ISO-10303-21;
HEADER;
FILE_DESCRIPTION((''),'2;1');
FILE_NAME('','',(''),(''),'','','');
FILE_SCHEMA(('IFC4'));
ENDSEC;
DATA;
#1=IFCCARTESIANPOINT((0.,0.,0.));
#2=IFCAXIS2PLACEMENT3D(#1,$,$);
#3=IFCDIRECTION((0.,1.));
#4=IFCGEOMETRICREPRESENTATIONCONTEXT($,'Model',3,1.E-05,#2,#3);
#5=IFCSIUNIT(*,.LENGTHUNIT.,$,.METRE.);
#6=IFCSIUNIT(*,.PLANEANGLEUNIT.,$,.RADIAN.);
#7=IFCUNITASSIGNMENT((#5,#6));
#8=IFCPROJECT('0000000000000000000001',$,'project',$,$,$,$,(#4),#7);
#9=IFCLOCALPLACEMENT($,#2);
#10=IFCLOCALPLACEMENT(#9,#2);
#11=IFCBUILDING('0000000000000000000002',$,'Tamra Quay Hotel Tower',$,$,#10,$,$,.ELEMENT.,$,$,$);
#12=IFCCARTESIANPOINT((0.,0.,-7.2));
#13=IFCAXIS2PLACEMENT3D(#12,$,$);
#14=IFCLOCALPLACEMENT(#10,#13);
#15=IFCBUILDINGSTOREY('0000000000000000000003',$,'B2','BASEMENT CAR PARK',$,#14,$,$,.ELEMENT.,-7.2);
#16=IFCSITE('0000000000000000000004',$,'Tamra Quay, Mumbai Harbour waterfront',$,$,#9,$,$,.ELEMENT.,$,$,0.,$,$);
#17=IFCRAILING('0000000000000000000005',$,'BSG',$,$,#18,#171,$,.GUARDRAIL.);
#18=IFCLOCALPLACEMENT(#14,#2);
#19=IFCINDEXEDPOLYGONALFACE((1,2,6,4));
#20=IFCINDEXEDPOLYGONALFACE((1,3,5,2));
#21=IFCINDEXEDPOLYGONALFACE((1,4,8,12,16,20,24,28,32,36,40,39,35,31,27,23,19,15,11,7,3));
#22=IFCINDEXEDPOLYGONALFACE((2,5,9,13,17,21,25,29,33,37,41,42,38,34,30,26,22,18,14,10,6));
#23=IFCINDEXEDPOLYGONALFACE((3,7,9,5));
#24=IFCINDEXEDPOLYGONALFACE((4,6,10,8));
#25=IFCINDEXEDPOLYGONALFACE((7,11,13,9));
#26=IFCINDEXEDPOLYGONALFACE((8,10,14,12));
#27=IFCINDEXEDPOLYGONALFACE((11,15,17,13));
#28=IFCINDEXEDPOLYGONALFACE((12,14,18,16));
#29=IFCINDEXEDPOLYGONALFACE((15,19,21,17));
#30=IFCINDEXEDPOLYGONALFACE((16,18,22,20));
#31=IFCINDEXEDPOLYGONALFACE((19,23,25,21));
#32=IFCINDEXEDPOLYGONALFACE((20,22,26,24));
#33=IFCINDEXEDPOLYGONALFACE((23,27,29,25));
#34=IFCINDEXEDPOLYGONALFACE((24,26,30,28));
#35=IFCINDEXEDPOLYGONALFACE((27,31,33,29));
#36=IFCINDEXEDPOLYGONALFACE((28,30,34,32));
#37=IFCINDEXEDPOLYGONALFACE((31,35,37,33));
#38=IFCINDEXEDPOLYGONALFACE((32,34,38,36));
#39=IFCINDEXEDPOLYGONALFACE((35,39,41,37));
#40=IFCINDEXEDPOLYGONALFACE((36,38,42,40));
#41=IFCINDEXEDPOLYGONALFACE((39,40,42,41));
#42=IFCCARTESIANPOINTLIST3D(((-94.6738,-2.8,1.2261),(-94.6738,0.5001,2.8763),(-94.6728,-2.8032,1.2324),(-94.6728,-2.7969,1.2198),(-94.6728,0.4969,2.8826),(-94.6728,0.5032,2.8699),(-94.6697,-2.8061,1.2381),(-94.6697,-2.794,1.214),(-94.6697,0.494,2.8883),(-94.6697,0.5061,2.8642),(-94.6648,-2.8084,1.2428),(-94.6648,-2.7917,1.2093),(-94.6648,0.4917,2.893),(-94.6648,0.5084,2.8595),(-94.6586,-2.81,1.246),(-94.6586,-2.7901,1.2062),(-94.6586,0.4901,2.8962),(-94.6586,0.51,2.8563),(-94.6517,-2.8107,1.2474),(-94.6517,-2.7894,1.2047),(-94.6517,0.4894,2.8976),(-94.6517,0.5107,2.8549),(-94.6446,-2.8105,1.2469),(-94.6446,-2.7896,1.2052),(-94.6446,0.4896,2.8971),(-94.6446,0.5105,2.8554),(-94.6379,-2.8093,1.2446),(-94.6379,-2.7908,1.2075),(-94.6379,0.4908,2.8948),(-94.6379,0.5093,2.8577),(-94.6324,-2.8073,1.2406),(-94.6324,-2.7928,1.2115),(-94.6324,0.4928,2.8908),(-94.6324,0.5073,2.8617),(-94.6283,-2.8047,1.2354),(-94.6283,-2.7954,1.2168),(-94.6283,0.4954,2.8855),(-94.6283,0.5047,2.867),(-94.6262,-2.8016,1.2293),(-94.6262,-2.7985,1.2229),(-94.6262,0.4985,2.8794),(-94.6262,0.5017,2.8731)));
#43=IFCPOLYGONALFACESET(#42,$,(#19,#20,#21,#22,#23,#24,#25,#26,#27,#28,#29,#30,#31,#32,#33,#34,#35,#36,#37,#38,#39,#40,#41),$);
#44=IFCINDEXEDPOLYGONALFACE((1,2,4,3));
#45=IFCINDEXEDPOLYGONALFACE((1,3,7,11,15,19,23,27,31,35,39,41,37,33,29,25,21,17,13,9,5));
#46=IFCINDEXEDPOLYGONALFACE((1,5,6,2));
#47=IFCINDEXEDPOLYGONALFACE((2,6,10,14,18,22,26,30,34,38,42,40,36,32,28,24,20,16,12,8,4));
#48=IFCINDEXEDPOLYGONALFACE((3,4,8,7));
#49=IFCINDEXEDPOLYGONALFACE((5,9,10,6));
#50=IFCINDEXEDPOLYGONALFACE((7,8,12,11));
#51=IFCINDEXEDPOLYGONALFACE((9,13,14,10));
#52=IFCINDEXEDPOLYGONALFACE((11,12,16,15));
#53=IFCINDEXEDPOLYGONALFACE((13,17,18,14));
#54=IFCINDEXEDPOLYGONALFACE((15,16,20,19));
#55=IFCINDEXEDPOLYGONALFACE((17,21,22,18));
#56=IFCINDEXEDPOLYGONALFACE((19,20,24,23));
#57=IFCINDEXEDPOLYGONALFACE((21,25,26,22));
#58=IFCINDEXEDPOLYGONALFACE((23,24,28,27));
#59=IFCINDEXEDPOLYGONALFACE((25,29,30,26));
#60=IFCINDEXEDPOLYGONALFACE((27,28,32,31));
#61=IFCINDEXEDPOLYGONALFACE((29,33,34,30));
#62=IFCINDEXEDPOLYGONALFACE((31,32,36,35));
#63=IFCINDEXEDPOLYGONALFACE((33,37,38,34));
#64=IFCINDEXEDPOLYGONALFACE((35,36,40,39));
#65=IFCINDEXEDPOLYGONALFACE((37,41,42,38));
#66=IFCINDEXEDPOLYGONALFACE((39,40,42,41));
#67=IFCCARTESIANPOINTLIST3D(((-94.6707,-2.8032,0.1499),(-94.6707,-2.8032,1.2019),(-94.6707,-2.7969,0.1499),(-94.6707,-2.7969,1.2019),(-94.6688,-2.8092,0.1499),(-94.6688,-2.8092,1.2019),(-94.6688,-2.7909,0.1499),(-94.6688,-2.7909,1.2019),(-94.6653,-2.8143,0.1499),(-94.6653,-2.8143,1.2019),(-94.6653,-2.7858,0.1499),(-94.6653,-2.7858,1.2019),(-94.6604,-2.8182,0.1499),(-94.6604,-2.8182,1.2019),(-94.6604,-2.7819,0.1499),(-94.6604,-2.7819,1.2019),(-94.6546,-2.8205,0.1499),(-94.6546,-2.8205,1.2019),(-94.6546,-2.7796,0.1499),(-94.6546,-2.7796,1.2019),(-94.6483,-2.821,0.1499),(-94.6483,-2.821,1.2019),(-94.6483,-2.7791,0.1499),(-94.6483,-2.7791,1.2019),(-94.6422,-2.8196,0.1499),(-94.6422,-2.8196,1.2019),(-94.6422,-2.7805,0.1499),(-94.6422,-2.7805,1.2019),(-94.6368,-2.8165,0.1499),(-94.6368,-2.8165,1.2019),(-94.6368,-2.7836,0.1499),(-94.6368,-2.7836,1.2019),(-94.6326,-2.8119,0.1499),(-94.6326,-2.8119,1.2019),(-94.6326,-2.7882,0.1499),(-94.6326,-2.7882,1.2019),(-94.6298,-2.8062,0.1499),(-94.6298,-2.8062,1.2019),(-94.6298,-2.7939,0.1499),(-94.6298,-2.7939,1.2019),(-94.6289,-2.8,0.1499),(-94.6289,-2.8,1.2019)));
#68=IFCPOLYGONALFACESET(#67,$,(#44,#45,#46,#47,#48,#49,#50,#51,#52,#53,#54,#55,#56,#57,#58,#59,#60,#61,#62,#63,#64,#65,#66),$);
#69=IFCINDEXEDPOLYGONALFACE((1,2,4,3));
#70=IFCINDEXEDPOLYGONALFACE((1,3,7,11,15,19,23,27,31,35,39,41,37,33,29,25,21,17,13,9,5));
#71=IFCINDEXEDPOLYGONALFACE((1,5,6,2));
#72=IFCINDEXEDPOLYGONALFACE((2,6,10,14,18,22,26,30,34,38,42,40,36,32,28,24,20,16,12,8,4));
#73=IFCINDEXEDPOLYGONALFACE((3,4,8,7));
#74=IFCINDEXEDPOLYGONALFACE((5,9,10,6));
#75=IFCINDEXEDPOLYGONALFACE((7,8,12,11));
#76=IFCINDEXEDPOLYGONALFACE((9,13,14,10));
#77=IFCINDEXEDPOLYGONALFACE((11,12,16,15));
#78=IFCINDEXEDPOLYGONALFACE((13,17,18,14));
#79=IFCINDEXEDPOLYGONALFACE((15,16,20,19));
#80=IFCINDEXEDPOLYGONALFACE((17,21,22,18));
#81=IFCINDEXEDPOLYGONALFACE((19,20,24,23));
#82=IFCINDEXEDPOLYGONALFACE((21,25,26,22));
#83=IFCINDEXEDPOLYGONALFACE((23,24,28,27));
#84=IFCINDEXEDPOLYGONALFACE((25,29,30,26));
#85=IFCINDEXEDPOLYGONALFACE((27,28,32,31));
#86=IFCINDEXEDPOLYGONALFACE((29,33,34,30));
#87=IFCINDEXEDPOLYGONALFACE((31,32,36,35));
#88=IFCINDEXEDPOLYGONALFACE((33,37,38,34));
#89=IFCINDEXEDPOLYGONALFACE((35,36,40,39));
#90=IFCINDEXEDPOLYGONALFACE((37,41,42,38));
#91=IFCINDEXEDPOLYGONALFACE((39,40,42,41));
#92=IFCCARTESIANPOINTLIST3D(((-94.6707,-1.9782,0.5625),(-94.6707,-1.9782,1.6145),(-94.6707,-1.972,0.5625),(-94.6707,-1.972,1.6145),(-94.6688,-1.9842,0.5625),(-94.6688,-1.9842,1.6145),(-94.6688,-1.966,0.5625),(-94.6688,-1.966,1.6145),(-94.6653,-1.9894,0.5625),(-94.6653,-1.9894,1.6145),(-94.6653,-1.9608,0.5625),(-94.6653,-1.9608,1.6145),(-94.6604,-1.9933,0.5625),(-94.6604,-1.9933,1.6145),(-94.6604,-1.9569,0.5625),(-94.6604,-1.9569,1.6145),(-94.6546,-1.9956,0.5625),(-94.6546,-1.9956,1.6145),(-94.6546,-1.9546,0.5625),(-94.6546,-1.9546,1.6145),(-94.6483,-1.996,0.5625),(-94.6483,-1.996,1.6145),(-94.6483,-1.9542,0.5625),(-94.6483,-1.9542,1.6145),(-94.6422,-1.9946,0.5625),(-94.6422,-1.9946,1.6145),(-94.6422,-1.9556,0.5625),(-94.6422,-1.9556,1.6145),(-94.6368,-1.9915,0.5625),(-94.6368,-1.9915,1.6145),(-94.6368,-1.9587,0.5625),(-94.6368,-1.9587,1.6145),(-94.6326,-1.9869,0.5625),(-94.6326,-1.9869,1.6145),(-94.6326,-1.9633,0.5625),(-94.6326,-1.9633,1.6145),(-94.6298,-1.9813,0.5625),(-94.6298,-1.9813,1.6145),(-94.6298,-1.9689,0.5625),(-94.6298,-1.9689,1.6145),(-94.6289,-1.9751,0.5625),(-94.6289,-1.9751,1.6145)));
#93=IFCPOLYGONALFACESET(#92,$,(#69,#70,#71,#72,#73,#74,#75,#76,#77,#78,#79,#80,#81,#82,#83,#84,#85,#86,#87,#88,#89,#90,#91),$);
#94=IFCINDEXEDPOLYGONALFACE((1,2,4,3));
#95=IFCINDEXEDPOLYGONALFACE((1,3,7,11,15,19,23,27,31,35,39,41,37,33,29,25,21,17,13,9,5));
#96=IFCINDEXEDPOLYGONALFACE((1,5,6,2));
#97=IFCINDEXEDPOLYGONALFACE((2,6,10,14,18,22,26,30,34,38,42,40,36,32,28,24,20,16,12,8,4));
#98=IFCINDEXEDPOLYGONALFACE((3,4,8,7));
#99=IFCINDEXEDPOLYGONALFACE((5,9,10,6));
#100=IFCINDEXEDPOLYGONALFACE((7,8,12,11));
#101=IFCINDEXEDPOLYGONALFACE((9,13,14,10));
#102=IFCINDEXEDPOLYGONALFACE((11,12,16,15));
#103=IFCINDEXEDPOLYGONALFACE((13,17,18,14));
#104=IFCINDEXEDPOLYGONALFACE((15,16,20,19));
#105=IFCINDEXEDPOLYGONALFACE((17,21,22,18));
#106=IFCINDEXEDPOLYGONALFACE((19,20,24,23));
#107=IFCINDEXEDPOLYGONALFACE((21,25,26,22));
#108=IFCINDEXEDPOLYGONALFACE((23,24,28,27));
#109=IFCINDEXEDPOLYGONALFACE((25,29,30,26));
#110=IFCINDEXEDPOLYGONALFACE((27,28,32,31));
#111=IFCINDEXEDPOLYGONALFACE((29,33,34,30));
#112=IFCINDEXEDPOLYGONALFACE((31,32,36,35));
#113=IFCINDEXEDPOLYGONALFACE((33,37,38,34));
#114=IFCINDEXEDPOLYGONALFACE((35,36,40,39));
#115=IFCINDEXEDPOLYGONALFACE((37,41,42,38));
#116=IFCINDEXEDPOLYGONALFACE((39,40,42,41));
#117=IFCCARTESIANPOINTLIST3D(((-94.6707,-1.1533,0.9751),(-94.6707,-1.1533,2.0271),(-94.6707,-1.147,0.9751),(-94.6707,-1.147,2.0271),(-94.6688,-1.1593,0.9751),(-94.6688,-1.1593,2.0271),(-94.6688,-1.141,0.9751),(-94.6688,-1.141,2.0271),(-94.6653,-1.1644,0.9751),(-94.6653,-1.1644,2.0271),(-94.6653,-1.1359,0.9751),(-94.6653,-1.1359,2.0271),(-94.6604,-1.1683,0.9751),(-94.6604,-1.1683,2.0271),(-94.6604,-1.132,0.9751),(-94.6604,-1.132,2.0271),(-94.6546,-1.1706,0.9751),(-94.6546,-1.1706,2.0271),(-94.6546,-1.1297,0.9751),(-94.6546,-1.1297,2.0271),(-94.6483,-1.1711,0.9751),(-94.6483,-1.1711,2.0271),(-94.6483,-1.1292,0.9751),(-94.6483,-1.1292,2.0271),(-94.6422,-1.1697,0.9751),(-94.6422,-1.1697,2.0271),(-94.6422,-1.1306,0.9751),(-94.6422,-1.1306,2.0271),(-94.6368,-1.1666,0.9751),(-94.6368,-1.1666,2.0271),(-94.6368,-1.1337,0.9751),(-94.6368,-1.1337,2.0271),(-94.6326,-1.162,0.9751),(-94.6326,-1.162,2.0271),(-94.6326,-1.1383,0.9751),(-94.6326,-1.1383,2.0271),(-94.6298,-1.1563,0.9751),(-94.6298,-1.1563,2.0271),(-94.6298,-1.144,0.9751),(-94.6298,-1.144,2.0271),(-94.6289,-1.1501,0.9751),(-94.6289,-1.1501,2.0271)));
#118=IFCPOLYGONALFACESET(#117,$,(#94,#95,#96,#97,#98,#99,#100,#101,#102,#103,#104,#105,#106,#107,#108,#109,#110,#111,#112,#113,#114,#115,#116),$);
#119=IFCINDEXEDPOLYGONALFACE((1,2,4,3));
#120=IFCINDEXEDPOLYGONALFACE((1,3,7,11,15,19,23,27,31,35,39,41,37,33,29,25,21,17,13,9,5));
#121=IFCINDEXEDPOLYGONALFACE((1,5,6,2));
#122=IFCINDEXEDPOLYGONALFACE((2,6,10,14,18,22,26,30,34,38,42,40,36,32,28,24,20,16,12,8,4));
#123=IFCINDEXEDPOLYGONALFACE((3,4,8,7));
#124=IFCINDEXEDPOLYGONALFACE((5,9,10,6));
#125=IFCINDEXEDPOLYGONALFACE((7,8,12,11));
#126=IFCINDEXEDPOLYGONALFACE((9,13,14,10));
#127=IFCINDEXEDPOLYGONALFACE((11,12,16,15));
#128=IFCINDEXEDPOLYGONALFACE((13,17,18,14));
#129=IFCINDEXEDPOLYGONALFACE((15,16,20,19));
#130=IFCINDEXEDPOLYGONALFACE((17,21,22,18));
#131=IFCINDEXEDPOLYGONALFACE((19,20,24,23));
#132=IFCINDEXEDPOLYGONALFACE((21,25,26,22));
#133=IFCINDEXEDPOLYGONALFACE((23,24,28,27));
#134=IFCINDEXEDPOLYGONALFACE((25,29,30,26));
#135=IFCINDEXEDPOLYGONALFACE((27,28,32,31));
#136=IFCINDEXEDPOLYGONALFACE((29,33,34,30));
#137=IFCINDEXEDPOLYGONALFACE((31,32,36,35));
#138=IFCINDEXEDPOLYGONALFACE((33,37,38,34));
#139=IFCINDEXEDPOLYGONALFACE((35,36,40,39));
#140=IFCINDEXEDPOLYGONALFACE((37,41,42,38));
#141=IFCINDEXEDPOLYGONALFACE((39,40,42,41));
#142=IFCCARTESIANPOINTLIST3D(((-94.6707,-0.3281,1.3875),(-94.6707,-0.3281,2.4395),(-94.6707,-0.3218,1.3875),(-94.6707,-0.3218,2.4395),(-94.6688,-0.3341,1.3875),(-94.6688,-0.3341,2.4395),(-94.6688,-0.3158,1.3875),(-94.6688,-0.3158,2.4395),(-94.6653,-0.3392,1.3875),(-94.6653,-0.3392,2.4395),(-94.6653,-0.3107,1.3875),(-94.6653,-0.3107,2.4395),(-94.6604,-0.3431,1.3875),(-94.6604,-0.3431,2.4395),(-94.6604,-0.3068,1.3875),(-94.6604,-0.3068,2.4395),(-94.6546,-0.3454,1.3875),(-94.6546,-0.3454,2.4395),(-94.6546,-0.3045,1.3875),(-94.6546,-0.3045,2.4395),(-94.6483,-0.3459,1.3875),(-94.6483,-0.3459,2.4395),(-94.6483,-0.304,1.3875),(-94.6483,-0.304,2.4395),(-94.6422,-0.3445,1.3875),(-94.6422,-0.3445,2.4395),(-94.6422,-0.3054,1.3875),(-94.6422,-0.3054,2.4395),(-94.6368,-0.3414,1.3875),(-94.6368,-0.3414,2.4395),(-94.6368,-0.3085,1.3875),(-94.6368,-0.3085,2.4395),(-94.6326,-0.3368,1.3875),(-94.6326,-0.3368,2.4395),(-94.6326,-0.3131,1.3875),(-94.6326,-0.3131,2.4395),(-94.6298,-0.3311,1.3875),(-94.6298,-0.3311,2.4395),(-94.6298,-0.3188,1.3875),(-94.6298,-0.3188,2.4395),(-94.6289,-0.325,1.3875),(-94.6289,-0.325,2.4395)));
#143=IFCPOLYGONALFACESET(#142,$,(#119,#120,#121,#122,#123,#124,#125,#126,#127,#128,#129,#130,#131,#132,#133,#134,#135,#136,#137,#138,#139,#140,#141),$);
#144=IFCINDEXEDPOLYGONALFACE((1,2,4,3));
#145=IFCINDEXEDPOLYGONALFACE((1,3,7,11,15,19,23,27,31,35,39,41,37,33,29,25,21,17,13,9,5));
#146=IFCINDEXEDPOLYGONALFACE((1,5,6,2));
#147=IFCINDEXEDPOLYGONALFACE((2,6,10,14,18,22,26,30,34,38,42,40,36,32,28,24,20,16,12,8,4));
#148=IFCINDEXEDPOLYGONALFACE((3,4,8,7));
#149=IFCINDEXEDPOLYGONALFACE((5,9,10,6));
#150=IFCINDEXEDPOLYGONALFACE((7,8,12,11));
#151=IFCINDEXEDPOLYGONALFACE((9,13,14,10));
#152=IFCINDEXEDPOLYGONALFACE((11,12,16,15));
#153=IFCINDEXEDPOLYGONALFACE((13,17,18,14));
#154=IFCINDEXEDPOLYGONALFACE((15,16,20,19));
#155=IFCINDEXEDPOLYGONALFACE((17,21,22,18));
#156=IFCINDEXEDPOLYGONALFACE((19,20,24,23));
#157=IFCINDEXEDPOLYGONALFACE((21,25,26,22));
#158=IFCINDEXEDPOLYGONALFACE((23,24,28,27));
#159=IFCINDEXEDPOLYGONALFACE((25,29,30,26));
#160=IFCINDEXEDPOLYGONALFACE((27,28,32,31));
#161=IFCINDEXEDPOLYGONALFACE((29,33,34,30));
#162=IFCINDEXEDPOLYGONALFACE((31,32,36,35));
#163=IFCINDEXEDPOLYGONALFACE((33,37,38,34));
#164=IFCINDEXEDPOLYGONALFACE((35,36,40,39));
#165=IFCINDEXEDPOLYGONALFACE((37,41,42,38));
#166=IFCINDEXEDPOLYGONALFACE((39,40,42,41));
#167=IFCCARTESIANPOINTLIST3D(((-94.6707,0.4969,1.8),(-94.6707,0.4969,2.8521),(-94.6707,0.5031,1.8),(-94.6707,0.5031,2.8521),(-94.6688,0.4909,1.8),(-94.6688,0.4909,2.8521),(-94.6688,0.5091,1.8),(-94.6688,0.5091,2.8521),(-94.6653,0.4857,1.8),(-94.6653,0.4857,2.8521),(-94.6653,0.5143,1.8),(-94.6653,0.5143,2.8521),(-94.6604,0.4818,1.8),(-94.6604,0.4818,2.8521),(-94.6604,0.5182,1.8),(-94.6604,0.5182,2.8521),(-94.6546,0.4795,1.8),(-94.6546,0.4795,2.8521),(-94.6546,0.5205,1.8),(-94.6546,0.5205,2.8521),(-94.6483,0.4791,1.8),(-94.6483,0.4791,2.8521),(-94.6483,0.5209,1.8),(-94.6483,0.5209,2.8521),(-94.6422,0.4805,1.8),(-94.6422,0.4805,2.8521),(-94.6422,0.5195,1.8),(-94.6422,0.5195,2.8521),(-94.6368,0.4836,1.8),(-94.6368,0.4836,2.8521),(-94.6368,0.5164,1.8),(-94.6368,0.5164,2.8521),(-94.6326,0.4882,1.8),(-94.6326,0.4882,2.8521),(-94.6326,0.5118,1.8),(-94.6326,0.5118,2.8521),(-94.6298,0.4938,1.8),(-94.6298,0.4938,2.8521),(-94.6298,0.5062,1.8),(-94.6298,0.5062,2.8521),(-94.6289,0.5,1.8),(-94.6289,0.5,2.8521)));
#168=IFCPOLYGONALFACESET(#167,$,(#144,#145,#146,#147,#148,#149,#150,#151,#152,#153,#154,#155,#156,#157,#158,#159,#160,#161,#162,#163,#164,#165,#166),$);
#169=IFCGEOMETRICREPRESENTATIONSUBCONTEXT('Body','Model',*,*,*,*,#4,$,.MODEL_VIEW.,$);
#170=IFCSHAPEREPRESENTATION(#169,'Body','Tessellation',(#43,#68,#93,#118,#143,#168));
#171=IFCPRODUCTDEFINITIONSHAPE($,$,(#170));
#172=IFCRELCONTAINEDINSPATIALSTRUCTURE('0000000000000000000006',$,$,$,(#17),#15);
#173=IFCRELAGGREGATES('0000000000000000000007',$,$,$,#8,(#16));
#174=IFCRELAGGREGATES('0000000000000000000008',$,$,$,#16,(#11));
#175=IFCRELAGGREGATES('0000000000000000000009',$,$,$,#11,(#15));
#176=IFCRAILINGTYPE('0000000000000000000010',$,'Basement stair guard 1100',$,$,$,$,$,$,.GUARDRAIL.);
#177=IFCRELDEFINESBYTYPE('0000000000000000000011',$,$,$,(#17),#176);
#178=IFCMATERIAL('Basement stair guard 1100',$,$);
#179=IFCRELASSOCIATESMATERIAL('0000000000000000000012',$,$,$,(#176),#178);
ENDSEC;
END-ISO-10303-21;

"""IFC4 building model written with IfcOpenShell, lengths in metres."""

from ifc_helpers import new_model, si_unit, direction, frame, origin, origin_2d, place, context, subcontext, project, spatial, circle, extrude, material, type_object, element, save


model = new_model("IFC4")

# Units and contexts
model_context = context("Model", 3, precision=1e-05, world=origin(), true_north=direction((0.0, 1.0)))
body_context = subcontext(model_context, "Body", "Model", "MODEL_VIEW")
ifc_project = project(units=[si_unit("LENGTHUNIT", "METRE"), si_unit("PLANEANGLEUNIT", "RADIAN")], contexts=[model_context])

# Site, building, storey
site_placement = place(None, origin())
site = spatial("IfcSite", under=ifc_project, at=site_placement, Name="Tamra Quay, Mumbai Harbour waterfront", CompositionType="ELEMENT", RefElevation=0.0)
building_placement = place(site_placement, origin())
building = spatial("IfcBuilding", under=site, at=building_placement, Name="Tamra Quay Hotel Tower", CompositionType="ELEMENT")
storey_placement = place(building_placement, frame((0.0, 0.0, -7.2)))
storey = spatial("IfcBuildingStorey", under=building, at=storey_placement, Name="B2", Description="BASEMENT CAR PARK", CompositionType="ELEMENT", Elevation=-7.2)

# Railing
ifc_material_1 = material(Name="Basement stair guard 1100")
railing_type_1 = type_object("IfcRailingType", Name="Basement stair guard 1100", PredefinedType="GUARDRAIL", material=ifc_material_1)
railing_1_placement = place(storey_placement, frame((-94.6499, -2.8, 0.1499)))
element("IfcRailing", 1, at=railing_1_placement, inside=storey, type_object=railing_type_1, Name="BSG", PredefinedType="GUARDRAIL", context=body_context, shape_type="SweptSolid", body=[
    extrude(circle(Radius=0.0239, at=origin_2d()), frame((0.0, 0.0, 1.0762), z_axis=(0.0, 0.894414, 0.44724), x_axis=(-1.0, 0.0, 0.0)), (0.0, 0.0, 1.0), 3.6897),
    extrude(circle(Radius=0.021, at=origin_2d()), origin(), (0.0, 0.0, 1.0), 1.052),
    extrude(circle(Radius=0.021, at=origin_2d()), frame((0.0, 0.825, 0.4126)), (0.0, 0.0, 1.0), 1.052),
    extrude(circle(Radius=0.021, at=origin_2d()), frame((0.0, 1.6499, 0.8252)), (0.0, 0.0, 1.0), 1.052),
    extrude(circle(Radius=0.021, at=origin_2d()), frame((0.0, 2.4751, 1.2375)), (0.0, 0.0, 1.0), 1.052),
    extrude(circle(Radius=0.021, at=origin_2d()), frame((0.0, 3.3, 1.6501)), (0.0, 0.0, 1.0), 1.052),
])

save(model, "model.ifc")
